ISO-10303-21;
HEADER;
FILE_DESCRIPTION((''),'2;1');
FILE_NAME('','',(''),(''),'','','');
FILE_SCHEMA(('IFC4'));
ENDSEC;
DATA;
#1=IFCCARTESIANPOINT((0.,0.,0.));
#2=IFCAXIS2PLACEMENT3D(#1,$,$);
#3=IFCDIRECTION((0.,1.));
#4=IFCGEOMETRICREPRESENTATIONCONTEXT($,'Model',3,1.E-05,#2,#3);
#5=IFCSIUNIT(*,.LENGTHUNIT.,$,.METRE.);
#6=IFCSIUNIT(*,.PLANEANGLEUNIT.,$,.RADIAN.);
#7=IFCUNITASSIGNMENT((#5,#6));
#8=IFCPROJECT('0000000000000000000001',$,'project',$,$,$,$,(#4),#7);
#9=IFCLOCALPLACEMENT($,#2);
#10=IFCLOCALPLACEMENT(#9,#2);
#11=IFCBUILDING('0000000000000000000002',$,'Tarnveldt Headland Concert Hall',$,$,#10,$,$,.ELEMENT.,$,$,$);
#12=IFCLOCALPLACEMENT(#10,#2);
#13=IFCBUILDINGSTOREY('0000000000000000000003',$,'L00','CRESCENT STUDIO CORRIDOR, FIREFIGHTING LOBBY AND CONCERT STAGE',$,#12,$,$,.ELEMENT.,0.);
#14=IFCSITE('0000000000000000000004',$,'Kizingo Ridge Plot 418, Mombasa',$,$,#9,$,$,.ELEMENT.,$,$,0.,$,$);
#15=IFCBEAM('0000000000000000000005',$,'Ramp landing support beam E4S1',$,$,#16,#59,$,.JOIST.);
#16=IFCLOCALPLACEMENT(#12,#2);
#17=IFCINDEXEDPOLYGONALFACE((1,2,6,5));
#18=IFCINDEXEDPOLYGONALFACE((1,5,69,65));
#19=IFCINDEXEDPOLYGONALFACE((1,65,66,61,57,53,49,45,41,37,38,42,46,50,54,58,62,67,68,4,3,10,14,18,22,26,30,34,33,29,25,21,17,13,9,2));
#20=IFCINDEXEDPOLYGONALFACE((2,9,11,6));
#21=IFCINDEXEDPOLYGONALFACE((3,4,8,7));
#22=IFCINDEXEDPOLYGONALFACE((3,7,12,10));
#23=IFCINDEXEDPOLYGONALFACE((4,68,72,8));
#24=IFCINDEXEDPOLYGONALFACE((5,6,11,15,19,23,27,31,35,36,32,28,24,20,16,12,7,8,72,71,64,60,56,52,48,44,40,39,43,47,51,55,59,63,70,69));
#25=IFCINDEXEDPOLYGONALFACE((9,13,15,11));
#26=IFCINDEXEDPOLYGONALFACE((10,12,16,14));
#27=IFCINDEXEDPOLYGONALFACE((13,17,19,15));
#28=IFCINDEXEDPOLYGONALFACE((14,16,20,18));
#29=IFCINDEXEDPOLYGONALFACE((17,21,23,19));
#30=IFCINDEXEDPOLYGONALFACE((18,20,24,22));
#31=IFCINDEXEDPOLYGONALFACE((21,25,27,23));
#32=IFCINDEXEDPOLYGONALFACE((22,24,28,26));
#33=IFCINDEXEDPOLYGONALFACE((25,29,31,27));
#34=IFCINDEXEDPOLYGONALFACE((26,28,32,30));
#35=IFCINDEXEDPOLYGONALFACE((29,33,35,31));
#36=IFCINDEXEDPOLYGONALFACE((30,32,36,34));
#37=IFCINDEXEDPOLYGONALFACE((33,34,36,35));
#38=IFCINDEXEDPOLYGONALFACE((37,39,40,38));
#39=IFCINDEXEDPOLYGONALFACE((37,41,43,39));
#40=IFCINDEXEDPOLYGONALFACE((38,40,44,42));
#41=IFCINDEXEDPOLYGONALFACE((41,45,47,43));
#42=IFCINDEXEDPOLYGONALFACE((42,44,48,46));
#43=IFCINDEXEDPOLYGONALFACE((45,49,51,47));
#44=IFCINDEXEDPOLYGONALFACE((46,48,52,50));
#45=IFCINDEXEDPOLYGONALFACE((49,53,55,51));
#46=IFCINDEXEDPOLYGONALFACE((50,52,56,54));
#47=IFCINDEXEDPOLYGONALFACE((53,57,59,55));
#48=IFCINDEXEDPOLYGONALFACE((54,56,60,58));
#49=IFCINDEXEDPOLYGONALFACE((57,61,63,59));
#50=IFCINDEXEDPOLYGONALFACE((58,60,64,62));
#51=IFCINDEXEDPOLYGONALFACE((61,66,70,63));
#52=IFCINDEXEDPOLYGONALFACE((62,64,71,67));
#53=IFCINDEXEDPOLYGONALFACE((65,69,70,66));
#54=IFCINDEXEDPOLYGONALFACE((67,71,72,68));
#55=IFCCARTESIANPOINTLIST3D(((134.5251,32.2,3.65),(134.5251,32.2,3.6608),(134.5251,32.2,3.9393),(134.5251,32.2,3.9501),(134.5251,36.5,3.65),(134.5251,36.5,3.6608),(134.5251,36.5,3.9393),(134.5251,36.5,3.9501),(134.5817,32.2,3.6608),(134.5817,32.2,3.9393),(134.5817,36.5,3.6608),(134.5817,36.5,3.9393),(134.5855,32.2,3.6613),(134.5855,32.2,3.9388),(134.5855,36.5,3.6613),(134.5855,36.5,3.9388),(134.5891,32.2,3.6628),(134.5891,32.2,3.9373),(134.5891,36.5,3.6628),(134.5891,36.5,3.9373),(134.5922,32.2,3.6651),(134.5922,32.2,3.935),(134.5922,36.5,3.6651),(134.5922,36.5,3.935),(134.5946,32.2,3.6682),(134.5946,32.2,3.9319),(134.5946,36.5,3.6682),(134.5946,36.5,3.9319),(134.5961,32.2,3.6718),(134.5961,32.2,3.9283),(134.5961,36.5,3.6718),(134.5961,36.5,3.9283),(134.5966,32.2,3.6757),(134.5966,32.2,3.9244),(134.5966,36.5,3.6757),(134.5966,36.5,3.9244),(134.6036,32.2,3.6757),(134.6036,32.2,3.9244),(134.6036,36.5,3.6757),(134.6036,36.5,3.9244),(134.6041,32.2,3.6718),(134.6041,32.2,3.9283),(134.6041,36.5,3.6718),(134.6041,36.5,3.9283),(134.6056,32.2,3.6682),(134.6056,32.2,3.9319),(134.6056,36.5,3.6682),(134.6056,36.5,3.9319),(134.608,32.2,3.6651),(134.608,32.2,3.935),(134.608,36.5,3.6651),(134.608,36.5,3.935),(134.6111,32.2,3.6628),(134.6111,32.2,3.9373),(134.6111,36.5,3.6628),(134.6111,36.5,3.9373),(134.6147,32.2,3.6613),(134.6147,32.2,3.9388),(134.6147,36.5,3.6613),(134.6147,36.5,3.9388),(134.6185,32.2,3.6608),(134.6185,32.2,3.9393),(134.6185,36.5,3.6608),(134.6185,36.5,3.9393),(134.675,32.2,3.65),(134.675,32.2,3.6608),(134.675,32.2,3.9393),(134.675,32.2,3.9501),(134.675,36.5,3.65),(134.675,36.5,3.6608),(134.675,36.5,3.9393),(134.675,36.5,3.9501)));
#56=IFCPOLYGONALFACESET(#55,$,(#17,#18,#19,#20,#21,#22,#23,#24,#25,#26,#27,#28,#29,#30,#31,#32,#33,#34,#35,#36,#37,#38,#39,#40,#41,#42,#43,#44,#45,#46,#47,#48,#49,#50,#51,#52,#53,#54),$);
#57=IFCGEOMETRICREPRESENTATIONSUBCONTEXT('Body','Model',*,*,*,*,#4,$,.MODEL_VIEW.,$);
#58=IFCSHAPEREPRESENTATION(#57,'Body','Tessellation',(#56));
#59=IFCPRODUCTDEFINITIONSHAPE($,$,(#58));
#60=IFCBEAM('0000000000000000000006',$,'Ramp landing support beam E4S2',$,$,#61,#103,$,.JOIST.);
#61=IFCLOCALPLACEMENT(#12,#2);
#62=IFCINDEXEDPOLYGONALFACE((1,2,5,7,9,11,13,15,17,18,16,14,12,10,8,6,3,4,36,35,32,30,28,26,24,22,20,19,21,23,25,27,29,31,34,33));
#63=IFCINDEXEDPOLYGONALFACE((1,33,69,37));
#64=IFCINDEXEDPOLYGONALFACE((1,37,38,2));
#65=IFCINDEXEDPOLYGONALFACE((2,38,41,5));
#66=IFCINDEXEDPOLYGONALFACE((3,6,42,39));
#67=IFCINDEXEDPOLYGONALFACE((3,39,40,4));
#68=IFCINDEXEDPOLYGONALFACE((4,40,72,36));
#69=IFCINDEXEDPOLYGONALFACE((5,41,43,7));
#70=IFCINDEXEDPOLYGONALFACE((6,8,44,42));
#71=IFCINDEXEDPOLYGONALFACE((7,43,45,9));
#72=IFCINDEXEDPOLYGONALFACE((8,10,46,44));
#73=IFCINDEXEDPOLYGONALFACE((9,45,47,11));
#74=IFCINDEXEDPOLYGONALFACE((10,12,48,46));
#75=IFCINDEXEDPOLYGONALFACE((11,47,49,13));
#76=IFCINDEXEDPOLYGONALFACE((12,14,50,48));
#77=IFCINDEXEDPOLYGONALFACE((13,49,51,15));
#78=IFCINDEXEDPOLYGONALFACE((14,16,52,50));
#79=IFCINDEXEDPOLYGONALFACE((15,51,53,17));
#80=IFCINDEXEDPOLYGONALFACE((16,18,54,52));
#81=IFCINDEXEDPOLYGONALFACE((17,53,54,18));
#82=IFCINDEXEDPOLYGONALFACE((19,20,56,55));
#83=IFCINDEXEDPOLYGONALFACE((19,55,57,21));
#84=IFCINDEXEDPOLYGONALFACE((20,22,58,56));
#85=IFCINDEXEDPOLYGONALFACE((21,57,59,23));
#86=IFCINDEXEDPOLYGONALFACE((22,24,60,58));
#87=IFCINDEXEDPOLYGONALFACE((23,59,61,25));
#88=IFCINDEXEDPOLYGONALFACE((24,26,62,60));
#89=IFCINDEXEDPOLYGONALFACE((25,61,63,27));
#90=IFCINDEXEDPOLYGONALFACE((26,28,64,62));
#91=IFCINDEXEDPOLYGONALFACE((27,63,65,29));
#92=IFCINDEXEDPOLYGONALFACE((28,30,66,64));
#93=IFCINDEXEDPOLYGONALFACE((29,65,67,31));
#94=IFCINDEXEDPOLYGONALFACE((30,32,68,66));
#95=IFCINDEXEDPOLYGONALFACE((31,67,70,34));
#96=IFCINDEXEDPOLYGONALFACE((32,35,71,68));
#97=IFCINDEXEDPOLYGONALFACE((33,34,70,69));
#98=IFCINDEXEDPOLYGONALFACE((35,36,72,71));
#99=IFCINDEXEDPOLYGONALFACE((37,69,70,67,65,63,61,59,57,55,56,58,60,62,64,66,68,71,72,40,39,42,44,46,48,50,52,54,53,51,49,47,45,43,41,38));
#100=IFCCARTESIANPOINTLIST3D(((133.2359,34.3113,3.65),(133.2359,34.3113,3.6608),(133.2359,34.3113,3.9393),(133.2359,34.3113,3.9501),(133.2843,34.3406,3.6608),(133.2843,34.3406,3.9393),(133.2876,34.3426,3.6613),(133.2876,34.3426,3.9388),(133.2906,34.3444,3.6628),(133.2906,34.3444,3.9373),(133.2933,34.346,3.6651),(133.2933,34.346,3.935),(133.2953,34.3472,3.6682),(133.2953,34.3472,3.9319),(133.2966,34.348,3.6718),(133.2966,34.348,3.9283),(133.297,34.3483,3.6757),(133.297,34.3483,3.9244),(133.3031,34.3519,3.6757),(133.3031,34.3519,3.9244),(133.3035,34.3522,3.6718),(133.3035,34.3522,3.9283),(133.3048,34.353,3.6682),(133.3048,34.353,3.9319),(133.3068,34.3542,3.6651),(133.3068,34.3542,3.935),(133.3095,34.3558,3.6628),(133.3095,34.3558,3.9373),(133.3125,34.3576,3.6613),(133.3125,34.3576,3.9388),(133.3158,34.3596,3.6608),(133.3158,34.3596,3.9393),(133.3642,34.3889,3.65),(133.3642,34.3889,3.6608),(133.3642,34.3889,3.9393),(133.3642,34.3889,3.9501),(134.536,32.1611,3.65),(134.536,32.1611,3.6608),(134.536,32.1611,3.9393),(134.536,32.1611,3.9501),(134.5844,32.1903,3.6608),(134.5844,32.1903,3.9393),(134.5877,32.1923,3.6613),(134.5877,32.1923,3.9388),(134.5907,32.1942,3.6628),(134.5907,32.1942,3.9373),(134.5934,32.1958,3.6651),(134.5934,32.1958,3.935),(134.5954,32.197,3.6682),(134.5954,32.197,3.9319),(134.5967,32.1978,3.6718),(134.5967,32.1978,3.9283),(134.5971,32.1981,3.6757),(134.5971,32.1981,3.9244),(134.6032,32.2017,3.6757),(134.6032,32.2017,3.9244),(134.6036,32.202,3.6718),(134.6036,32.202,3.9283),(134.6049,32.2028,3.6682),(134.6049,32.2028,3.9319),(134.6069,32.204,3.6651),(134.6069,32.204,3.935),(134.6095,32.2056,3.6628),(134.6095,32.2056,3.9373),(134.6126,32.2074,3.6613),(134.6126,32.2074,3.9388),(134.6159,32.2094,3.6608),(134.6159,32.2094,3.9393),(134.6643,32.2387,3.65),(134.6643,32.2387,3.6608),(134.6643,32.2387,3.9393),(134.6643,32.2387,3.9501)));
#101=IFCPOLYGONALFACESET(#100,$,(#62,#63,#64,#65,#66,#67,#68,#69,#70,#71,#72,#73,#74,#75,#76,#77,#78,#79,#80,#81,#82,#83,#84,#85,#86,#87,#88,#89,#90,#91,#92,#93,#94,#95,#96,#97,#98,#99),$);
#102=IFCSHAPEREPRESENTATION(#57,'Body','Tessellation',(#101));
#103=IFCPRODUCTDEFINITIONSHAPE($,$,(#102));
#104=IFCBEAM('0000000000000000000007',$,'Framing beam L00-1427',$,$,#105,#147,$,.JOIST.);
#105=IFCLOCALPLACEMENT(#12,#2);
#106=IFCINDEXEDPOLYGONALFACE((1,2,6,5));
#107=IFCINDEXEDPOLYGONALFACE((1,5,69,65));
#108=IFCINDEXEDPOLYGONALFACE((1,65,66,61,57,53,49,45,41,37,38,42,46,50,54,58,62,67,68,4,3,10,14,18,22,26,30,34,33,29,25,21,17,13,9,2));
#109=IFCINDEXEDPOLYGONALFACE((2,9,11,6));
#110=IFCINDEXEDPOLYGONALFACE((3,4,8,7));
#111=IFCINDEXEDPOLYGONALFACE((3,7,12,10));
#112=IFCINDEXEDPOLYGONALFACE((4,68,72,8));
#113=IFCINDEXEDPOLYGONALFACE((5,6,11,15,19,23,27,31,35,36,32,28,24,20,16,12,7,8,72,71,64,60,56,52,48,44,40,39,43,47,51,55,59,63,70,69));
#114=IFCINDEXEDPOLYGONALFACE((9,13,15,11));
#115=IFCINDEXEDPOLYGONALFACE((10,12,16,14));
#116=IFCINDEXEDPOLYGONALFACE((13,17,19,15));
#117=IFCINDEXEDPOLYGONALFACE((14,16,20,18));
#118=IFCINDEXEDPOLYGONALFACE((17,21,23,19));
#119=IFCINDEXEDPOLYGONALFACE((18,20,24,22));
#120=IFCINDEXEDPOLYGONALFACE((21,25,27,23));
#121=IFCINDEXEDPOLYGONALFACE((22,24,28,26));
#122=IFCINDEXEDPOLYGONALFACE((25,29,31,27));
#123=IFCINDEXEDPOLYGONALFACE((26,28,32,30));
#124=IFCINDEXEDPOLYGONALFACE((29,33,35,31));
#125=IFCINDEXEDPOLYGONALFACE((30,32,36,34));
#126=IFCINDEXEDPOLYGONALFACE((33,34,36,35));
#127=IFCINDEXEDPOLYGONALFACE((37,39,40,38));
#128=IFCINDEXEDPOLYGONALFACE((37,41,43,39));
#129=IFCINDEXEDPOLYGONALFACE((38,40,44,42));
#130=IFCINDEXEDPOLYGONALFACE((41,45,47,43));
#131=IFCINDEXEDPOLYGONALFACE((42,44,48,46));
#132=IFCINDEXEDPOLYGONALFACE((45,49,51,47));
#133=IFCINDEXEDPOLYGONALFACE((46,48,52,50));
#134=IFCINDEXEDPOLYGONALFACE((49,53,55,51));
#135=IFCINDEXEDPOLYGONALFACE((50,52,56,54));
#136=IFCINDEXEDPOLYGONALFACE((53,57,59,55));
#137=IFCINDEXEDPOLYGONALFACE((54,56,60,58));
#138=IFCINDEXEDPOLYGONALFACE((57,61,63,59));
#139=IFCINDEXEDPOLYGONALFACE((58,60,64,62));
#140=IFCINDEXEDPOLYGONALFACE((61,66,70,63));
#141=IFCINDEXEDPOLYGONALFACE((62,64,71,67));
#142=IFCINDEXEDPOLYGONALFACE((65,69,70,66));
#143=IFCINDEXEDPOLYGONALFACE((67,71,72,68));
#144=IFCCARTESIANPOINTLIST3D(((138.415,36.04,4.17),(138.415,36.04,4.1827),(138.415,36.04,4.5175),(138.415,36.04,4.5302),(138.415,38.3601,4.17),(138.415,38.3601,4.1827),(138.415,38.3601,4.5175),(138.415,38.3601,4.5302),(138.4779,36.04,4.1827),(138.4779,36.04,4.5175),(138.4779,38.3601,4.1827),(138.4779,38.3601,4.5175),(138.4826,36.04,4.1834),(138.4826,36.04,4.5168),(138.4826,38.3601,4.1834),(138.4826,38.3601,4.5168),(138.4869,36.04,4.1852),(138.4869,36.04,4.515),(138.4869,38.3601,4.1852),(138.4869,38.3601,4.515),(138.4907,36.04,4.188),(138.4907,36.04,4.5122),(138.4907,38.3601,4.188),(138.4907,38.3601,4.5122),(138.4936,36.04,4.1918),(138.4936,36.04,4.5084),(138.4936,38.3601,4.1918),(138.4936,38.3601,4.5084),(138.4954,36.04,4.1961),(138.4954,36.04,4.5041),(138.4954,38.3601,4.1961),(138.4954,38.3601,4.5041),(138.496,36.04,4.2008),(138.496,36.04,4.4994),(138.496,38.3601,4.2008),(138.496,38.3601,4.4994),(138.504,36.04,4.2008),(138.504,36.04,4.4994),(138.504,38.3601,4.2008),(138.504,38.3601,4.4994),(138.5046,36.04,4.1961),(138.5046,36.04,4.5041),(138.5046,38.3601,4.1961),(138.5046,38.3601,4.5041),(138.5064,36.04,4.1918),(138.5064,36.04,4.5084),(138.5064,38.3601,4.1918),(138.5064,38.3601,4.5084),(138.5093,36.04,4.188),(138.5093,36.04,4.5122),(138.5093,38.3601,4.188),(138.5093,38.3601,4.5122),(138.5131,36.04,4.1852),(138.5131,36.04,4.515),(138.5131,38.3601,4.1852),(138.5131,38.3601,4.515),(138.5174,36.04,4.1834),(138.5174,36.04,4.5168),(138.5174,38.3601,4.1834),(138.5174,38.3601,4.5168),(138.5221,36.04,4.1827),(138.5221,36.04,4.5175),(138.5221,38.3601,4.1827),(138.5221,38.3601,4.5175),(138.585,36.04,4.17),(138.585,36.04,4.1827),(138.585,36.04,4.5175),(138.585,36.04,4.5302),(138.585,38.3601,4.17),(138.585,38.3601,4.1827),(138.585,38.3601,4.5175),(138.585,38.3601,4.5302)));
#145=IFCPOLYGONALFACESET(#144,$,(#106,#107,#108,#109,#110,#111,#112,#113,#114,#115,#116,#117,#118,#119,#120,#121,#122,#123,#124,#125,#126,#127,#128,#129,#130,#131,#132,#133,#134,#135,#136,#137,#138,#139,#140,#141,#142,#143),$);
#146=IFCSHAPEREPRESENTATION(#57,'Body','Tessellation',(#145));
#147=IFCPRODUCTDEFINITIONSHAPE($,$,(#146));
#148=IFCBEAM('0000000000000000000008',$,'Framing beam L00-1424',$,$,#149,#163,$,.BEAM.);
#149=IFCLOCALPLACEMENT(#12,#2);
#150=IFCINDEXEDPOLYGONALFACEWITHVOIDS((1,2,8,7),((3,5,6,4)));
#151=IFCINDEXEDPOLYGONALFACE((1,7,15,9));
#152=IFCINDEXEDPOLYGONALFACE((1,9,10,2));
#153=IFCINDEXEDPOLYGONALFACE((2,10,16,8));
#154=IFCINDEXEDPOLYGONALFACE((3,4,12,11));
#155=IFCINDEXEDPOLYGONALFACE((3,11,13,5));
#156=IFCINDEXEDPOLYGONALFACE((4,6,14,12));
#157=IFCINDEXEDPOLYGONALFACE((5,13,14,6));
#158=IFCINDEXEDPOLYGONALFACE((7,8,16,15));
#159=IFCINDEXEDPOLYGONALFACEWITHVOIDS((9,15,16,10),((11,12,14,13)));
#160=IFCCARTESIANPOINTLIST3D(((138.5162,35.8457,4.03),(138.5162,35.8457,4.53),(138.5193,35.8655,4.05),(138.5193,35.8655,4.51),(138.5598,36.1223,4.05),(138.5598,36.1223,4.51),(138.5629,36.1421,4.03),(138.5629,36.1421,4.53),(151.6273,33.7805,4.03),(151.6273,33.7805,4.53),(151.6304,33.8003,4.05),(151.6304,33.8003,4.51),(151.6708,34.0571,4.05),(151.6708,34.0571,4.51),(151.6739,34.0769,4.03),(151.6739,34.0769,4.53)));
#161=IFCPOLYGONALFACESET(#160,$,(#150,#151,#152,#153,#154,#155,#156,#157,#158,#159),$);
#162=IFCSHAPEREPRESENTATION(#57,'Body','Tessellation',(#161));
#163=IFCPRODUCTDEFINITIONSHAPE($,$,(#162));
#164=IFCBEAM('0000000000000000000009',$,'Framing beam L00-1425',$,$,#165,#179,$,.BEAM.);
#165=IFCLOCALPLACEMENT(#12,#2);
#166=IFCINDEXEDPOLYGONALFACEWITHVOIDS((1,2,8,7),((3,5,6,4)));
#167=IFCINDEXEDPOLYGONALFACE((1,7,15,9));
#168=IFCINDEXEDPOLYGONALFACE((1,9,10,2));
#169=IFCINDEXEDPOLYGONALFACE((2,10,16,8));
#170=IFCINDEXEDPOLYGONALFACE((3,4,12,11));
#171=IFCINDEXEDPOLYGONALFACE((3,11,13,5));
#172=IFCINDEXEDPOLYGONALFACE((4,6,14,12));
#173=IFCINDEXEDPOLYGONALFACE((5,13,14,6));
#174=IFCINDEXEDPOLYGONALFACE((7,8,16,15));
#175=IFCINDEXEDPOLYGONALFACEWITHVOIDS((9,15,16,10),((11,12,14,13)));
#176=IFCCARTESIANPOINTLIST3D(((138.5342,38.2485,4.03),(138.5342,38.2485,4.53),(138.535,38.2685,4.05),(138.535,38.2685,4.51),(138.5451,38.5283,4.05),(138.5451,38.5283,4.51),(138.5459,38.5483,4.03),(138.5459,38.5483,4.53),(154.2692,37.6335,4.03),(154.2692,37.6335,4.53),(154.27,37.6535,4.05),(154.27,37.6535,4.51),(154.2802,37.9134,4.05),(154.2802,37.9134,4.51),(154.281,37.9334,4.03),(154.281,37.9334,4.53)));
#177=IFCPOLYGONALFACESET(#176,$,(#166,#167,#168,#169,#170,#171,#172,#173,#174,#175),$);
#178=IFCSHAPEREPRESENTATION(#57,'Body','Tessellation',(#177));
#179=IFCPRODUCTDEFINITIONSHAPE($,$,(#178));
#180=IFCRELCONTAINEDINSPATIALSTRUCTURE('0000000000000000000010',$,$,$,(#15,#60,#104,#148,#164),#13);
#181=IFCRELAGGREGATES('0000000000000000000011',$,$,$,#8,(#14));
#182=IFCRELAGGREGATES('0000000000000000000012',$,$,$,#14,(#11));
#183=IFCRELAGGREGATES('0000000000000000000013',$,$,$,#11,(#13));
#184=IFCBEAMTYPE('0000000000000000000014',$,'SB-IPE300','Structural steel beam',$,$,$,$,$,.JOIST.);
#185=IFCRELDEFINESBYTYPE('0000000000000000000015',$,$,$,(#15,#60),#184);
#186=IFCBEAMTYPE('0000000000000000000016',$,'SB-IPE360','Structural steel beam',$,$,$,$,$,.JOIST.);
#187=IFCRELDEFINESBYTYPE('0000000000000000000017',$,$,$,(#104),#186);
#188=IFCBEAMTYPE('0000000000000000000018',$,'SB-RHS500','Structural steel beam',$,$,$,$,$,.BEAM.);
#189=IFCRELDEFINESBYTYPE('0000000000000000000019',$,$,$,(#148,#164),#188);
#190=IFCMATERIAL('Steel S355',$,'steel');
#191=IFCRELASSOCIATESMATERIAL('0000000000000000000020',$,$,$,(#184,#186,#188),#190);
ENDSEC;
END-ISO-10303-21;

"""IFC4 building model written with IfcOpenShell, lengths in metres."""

from ifc_helpers import new_model, si_unit, direction, frame, origin, origin_2d, place, context, subcontext, project, spatial, hollow_rectangle, i_section, extrude, material, material_profile, profile_set, type_object, element, save


model = new_model("IFC4")

# Units and contexts
model_context = context("Model", 3, precision=1e-05, world=origin(), true_north=direction((0.0, 1.0)))
body_context = subcontext(model_context, "Body", "Model", "MODEL_VIEW")
ifc_project = project(units=[si_unit("LENGTHUNIT", "METRE"), si_unit("PLANEANGLEUNIT", "RADIAN")], contexts=[model_context])

# Site, building, storey
site_placement = place(None, origin())
site = spatial("IfcSite", under=ifc_project, at=site_placement, Name="Kizingo Ridge Plot 418, Mombasa", CompositionType="ELEMENT", RefElevation=0.0)
building_placement = place(site_placement, origin())
building = spatial("IfcBuilding", under=site, at=building_placement, Name="Tarnveldt Headland Concert Hall", CompositionType="ELEMENT")
storey_placement = place(building_placement, origin())
storey = spatial("IfcBuildingStorey", under=building, at=storey_placement, Name="L00", Description="CRESCENT STUDIO CORRIDOR, FIREFIGHTING LOBBY AND CONCERT STAGE", CompositionType="ELEMENT", Elevation=0.0)

# Shared definitions
ifc_material_1 = material(Name="Steel S355", Category="steel")

# Beams
ifc_material_profile_1 = material_profile(ifc_material_1, i_section(OverallWidth=0.1499, OverallDepth=0.3, WebThickness=0.0071, FlangeThickness=0.0107, FilletRadius=0.0149, at=origin_2d()), Name="IPE300", Category="steel")
ifc_profile_set_1 = profile_set([ifc_material_profile_1], Name="Steel S355")
beam_type_1 = type_object("IfcBeamType", Name="SB-IPE300", Description="Structural steel beam", PredefinedType="JOIST", material=ifc_profile_set_1)
beam_1_placement = place(storey_placement, frame((134.6001, 32.2, 3.8), z_axis=(0.0, 1.0, 0.0), x_axis=(-1.0, 0.0, 0.0)))
element("IfcBeam", 1, at=beam_1_placement, inside=storey, type_object=beam_type_1, Name="Ramp landing support beam E4S1", PredefinedType="JOIST", context=body_context, shape_type="SweptSolid", body=[
    extrude(i_section(OverallWidth=0.1499, OverallDepth=0.3, WebThickness=0.0071, FlangeThickness=0.0107, FilletRadius=0.0149, at=origin_2d()), origin(), (0.0, 0.0, 1.0), 4.3),
])
beam_2_placement = place(storey_placement, frame((133.3, 34.3501, 3.8), z_axis=(0.517408, -0.855739, 0.0), x_axis=(0.855739, 0.517408, 0.0)))
element("IfcBeam", 2, at=beam_2_placement, inside=storey, type_object=beam_type_1, Name="Ramp landing support beam E4S2", PredefinedType="JOIST", context=body_context, shape_type="SweptSolid", body=[
    extrude(i_section(OverallWidth=0.1499, OverallDepth=0.3, WebThickness=0.0071, FlangeThickness=0.0107, FilletRadius=0.0149, at=origin_2d()), origin(), (0.0, 0.0, 1.0), 2.5127),
])
ifc_material_profile_2 = material_profile(ifc_material_1, i_section(OverallWidth=0.1699, OverallDepth=0.3601, WebThickness=0.0081, FlangeThickness=0.0127, FilletRadius=0.0181, at=origin_2d()), Name="IPE360", Category="steel")
ifc_profile_set_2 = profile_set([ifc_material_profile_2], Name="Steel S355")
beam_type_2 = type_object("IfcBeamType", Name="SB-IPE360", Description="Structural steel beam", PredefinedType="JOIST", material=ifc_profile_set_2)
beam_3_placement = place(storey_placement, frame((138.5, 36.04, 4.3501), z_axis=(0.0, 1.0, 0.0), x_axis=(-1.0, 0.0, 0.0)))
element("IfcBeam", 3, at=beam_3_placement, inside=storey, type_object=beam_type_2, Name="Framing beam L00-1427", PredefinedType="JOIST", context=body_context, shape_type="SweptSolid", body=[
    extrude(i_section(OverallWidth=0.1699, OverallDepth=0.3601, WebThickness=0.0081, FlangeThickness=0.0127, FilletRadius=0.0181, at=origin_2d()), origin(), (0.0, 0.0, 1.0), 2.3201),
])
ifc_material_profile_3 = material_profile(ifc_material_1, hollow_rectangle(XDim=0.3, YDim=0.5, WallThickness=0.02, at=origin_2d()), Name="RHS 500x300x20", Category="steel")
ifc_profile_set_3 = profile_set([ifc_material_profile_3], Name="Steel S355")
beam_type_3 = type_object("IfcBeamType", Name="SB-RHS500", Description="Structural steel beam", PredefinedType="BEAM", material=ifc_profile_set_3)
beam_4_placement = place(storey_placement, frame((138.5396, 35.9939, 4.28), z_axis=(0.987821, -0.155596, 0.0), x_axis=(0.155596, 0.987821, 0.0)))
element("IfcBeam", 4, at=beam_4_placement, inside=storey, type_object=beam_type_3, Name="Framing beam L00-1424", PredefinedType="BEAM", context=body_context, shape_type="SweptSolid", body=[
    extrude(hollow_rectangle(XDim=0.3, YDim=0.5, WallThickness=0.02, at=origin_2d()), origin(), (0.0, 0.0, 1.0), 13.2727),
])
beam_5_placement = place(storey_placement, frame((138.54, 38.3984, 4.28), z_axis=(0.999237, -0.039054, 0.0), x_axis=(0.039054, 0.999237, 0.0)))
element("IfcBeam", 5, at=beam_5_placement, inside=storey, type_object=beam_type_3, Name="Framing beam L00-1425", PredefinedType="BEAM", context=body_context, shape_type="SweptSolid", body=[
    extrude(hollow_rectangle(XDim=0.3, YDim=0.5, WallThickness=0.02, at=origin_2d()), origin(), (0.0, 0.0, 1.0), 15.7471),
])

save(model, "model.ifc")
